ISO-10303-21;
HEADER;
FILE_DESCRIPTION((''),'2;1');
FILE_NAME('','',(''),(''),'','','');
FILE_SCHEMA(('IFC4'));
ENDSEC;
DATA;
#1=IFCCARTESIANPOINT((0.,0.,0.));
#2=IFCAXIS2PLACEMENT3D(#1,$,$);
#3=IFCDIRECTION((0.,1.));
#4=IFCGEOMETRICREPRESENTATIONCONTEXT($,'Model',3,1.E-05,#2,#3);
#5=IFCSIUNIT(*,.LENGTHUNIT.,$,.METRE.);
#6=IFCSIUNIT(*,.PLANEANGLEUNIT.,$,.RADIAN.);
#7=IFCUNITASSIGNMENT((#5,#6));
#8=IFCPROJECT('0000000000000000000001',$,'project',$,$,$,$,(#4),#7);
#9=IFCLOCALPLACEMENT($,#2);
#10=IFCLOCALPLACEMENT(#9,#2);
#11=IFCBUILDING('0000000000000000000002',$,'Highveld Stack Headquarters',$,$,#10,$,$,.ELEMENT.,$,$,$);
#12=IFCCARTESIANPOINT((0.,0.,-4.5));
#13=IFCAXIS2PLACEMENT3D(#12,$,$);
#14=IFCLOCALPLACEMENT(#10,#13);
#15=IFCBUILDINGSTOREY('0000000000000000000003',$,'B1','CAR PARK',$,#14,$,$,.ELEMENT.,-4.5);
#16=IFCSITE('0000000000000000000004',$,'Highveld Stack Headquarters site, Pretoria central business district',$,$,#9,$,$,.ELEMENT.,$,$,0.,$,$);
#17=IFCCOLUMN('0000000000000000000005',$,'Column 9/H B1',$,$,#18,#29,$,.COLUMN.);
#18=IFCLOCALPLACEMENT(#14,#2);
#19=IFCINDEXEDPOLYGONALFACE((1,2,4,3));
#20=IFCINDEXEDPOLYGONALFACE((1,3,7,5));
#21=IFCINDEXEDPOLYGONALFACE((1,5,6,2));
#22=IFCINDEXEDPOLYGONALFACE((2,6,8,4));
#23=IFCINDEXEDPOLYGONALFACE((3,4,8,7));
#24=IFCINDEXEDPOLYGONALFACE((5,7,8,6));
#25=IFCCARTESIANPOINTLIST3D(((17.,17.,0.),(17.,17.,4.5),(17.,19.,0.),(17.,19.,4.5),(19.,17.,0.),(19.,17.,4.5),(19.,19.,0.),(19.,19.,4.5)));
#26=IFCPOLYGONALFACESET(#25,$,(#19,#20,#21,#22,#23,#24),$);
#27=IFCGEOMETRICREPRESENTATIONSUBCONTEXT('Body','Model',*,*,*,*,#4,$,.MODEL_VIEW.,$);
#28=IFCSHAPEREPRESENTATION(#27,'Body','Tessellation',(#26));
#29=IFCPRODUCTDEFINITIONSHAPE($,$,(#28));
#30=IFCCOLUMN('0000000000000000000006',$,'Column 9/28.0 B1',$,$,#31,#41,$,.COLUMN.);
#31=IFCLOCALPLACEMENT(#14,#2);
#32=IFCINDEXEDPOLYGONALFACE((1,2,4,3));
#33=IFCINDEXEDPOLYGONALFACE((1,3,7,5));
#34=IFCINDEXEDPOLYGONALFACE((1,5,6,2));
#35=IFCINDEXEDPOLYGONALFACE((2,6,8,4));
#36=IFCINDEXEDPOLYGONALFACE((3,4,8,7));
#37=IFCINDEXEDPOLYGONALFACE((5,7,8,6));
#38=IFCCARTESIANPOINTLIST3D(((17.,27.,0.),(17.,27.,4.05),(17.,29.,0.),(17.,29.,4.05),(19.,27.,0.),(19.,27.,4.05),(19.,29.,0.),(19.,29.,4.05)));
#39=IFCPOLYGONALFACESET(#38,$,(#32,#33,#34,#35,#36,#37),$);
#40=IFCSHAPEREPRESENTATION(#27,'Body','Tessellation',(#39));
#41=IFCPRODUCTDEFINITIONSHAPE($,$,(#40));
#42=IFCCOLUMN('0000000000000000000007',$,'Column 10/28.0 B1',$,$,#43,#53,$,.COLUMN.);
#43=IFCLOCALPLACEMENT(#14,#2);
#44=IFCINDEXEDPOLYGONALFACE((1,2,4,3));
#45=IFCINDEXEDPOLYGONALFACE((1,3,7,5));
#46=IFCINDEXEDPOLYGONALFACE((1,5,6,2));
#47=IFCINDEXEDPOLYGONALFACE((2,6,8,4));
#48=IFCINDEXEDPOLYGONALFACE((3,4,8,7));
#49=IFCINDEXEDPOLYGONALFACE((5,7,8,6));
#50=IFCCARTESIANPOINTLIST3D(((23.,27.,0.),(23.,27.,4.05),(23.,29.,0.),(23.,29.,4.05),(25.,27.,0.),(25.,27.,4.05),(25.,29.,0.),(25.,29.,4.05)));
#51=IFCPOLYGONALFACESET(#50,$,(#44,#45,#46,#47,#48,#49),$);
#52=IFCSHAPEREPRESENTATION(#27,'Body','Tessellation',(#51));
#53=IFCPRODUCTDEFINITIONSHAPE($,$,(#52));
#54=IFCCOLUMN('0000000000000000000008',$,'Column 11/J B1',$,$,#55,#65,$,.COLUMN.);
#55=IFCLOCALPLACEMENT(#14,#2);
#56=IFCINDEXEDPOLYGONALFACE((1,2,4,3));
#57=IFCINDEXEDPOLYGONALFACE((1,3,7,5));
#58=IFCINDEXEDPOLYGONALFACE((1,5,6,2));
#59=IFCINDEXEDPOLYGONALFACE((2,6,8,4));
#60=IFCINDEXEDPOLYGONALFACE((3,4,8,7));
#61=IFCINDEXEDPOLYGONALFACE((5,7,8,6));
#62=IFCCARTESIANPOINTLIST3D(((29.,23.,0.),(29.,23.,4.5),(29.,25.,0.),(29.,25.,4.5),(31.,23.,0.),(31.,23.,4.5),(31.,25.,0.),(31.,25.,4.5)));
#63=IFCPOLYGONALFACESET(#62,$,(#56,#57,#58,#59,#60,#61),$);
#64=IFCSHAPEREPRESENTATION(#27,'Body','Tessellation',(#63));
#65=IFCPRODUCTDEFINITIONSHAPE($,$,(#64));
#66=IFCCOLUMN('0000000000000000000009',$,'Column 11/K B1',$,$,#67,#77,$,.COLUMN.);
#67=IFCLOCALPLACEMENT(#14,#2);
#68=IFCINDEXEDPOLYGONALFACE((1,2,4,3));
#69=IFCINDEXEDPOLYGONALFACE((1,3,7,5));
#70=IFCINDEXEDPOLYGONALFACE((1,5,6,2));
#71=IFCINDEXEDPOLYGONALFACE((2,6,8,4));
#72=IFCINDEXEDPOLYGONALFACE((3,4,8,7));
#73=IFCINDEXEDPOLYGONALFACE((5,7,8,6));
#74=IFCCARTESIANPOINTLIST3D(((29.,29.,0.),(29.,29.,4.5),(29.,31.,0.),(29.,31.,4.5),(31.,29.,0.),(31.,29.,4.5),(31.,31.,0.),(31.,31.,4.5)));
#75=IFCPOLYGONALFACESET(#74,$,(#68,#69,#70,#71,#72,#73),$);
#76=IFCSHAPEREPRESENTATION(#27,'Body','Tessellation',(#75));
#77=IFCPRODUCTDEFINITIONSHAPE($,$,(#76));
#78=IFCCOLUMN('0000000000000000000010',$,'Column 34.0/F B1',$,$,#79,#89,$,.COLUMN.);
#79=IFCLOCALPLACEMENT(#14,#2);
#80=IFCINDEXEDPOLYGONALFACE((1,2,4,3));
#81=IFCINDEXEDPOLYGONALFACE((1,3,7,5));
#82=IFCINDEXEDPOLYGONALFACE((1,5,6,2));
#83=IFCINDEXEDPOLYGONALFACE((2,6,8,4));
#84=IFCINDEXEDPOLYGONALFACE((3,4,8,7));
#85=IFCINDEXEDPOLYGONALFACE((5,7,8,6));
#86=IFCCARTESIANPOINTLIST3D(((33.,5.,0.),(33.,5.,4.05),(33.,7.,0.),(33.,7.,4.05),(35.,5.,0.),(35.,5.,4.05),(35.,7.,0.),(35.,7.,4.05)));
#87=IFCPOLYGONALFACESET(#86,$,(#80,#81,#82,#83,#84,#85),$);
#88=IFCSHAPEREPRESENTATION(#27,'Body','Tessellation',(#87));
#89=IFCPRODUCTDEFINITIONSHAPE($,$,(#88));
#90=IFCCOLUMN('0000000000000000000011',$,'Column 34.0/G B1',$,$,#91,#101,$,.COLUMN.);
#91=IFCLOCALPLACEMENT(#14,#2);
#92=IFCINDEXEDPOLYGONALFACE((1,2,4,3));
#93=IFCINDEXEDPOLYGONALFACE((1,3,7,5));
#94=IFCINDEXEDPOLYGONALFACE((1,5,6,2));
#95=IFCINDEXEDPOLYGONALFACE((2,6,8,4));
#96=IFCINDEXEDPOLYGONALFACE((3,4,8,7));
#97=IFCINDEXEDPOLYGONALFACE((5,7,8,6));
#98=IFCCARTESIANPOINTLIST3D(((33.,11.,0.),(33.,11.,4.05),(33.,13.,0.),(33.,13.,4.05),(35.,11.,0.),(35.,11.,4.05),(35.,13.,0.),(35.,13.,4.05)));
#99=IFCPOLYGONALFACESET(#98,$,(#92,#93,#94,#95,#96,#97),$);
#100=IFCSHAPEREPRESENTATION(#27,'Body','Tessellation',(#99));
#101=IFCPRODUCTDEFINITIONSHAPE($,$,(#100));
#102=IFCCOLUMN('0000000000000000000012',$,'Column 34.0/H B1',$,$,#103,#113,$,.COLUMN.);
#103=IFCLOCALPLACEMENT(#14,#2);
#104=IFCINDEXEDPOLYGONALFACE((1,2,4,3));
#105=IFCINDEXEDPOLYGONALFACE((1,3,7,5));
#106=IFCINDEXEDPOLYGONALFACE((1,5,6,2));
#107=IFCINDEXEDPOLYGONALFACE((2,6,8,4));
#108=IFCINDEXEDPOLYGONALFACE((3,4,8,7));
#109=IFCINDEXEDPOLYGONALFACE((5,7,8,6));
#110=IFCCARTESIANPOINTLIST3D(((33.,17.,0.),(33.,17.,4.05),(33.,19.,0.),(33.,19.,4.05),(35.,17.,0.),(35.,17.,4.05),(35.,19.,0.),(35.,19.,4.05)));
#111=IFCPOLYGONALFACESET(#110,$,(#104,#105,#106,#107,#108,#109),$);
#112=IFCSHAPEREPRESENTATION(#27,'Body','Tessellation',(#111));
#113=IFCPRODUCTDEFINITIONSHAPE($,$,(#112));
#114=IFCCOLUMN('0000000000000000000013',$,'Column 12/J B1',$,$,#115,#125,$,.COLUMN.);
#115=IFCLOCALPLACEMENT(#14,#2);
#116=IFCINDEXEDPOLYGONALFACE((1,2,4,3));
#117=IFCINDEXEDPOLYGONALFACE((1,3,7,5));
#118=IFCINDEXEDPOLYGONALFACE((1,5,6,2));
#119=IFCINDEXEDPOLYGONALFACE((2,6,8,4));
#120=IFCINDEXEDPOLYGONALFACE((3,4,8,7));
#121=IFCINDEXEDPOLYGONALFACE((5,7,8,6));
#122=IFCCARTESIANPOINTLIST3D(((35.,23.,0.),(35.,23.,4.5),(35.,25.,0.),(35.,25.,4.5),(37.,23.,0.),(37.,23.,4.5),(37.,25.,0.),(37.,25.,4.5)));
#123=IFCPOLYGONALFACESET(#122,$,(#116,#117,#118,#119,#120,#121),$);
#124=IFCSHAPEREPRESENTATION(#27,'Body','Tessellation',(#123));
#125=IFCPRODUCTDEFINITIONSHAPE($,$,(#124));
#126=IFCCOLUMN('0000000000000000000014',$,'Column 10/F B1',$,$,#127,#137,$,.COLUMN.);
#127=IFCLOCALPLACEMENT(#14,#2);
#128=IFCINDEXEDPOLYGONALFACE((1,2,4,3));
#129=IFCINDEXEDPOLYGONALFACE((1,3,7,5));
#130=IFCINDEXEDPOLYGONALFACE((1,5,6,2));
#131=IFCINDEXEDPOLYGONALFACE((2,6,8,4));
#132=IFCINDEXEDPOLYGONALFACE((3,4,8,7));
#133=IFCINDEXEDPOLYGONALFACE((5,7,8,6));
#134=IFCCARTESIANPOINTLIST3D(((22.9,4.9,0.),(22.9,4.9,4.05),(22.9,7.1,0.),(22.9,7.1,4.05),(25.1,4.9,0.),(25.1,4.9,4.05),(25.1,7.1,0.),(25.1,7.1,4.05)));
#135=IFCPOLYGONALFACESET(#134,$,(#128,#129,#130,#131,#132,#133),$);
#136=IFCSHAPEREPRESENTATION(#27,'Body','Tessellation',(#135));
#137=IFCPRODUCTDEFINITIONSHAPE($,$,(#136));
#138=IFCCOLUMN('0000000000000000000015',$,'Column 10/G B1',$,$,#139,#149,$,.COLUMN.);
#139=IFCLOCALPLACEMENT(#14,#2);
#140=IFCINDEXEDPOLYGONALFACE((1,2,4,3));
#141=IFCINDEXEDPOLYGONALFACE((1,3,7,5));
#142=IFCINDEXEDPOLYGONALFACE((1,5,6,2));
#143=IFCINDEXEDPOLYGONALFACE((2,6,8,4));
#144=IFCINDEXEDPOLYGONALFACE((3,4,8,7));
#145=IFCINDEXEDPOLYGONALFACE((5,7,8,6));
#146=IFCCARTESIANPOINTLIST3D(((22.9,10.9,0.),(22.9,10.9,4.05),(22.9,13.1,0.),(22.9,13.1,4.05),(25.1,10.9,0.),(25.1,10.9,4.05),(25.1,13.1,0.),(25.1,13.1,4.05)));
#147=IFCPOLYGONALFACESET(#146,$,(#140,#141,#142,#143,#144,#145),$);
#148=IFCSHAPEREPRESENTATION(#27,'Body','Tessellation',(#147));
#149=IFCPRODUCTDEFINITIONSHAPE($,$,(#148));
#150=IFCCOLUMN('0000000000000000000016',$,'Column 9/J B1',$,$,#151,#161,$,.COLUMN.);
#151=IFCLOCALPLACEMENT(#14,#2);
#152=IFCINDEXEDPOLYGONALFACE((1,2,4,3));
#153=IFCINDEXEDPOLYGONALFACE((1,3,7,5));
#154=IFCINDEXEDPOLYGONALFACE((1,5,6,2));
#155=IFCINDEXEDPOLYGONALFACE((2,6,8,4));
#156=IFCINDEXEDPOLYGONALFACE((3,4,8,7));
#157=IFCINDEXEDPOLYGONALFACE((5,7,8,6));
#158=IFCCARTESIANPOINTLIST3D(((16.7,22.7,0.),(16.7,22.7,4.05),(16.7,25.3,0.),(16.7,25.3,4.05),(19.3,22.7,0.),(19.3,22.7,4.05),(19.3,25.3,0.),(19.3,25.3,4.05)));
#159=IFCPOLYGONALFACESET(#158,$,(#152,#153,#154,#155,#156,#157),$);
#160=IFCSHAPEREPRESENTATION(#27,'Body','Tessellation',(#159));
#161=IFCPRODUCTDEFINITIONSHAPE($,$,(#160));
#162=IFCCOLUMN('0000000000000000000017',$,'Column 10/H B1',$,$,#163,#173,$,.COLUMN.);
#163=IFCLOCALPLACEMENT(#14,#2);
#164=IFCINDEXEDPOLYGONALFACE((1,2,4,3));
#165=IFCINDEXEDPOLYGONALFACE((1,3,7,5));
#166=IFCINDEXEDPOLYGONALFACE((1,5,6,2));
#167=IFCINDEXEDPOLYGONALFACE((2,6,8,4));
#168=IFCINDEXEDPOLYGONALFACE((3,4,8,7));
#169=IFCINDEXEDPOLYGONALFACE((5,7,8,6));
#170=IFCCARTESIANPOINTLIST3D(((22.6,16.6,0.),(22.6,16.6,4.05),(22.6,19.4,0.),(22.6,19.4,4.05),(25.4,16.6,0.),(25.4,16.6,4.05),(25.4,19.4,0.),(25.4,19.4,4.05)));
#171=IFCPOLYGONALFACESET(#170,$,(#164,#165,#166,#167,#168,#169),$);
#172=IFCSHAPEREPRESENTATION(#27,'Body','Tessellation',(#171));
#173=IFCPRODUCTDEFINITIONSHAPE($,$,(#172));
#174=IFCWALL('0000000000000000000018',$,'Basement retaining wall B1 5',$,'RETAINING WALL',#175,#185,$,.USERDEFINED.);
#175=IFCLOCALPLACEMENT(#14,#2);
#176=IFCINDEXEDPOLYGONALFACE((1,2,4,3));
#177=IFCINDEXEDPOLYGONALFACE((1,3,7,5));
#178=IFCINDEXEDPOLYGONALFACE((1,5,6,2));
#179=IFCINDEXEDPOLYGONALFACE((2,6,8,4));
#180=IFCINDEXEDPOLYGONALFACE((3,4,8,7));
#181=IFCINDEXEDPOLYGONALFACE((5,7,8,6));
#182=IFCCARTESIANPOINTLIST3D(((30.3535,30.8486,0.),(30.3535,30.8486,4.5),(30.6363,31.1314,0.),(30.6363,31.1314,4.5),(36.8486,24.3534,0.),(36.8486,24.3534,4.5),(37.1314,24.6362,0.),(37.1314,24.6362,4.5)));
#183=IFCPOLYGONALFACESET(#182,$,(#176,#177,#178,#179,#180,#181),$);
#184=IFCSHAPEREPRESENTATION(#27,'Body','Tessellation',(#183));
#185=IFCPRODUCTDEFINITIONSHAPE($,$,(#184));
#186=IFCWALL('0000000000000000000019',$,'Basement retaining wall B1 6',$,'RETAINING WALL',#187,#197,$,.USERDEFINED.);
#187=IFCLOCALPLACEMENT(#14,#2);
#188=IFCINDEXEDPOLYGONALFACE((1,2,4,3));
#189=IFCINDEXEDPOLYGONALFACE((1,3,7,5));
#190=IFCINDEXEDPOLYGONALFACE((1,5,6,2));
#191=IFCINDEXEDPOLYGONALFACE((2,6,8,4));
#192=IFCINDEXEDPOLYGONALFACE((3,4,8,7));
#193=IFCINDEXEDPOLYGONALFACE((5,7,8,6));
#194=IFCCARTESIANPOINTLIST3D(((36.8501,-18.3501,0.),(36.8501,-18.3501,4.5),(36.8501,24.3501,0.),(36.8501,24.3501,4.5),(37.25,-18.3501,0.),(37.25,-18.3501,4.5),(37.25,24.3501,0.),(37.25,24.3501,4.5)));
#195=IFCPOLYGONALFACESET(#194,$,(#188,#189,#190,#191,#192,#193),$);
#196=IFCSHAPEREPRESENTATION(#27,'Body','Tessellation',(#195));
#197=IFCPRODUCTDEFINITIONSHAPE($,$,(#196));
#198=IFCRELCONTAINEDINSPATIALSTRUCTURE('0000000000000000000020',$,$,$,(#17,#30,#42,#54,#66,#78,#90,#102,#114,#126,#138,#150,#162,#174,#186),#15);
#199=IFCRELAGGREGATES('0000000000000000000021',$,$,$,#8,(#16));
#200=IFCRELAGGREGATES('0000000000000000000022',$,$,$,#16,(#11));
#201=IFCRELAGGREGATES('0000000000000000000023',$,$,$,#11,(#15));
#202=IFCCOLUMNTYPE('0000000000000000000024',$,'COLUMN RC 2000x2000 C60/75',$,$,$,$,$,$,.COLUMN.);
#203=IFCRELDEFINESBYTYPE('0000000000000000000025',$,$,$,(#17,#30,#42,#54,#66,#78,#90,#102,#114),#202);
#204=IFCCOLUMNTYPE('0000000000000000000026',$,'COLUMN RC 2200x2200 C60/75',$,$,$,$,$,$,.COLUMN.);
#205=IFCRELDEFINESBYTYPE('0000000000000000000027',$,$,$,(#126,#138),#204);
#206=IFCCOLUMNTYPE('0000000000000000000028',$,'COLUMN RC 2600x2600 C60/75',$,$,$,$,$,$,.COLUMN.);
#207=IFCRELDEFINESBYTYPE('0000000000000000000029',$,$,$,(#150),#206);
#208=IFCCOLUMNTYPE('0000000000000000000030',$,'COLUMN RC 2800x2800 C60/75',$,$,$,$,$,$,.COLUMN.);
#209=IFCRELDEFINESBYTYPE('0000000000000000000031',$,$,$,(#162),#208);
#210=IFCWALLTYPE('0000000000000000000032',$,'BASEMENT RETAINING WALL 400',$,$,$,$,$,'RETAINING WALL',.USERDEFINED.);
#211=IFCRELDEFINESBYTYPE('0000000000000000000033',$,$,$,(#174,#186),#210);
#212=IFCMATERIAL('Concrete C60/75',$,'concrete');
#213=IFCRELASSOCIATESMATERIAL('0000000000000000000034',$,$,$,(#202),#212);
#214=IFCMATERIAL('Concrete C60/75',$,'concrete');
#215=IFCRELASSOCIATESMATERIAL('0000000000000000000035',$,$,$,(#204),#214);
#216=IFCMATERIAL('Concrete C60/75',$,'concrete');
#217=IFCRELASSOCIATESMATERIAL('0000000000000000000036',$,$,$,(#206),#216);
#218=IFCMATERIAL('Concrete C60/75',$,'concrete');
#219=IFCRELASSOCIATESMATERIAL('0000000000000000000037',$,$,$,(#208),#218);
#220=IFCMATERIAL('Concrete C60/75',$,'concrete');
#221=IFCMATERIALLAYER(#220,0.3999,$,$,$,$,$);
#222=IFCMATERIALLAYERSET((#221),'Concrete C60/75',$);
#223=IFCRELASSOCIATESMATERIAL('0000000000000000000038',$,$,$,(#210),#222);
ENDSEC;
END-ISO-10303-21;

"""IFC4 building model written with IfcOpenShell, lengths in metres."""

from ifc_helpers import new_model, si_unit, direction, frame, frame_2d, origin, origin_2d, place, context, subcontext, project, spatial, rectangle, extrude, material, layer, layer_set, material_profile, profile_set, type_object, element, save


model = new_model("IFC4")

# Units and contexts
model_context = context("Model", 3, precision=1e-05, world=origin(), true_north=direction((0.0, 1.0)))
body_context = subcontext(model_context, "Body", "Model", "MODEL_VIEW")
ifc_project = project(units=[si_unit("LENGTHUNIT", "METRE"), si_unit("PLANEANGLEUNIT", "RADIAN")], contexts=[model_context])

# Site, building, storey
site_placement = place(None, origin())
site = spatial("IfcSite", under=ifc_project, at=site_placement, Name="Highveld Stack Headquarters site, Pretoria central business district", CompositionType="ELEMENT", RefElevation=0.0)
building_placement = place(site_placement, origin())
building = spatial("IfcBuilding", under=site, at=building_placement, Name="Highveld Stack Headquarters", CompositionType="ELEMENT")
storey_placement = place(building_placement, frame((0.0, 0.0, -4.5)))
storey = spatial("IfcBuildingStorey", under=building, at=storey_placement, Name="B1", Description="CAR PARK", CompositionType="ELEMENT", Elevation=-4.5)

# Columns
ifc_material_1 = material(Name="Concrete C60/75", Category="concrete")
ifc_material_profile_1 = material_profile(ifc_material_1, rectangle(XDim=2.0, YDim=2.0, at=origin_2d()), Name="RC 2000x2000")
ifc_profile_set_1 = profile_set([ifc_material_profile_1], Name="Concrete C60/75")
column_type_1 = type_object("IfcColumnType", Name="COLUMN RC 2000x2000 C60/75", PredefinedType="COLUMN", material=ifc_profile_set_1)
column_1_placement = place(storey_placement, frame((18.0, 18.0, 0.0), z_axis=(0.0, 0.0, 1.0), x_axis=(1.0, 0.0, 0.0)))
element("IfcColumn", 1, at=column_1_placement, inside=storey, type_object=column_type_1, Name="Column 9/H B1", PredefinedType="COLUMN", context=body_context, shape_type="SweptSolid", body=[
    extrude(rectangle(XDim=2.0, YDim=2.0, at=origin_2d()), origin(), (0.0, 0.0, 1.0), 4.5),
])
for number, where, z_axis, x_axis, name in (
    (2, (18.0, 28.0, 0.0), (0.0, 0.0, 1.0), (1.0, 0.0, 0.0), "Column 9/28.0 B1"),
    (3, (24.0, 28.0, 0.0), (0.0, 0.0, 1.0), (1.0, 0.0, 0.0), "Column 10/28.0 B1"),
):
    element("IfcColumn", number, at=place(storey_placement, frame(where, z_axis=z_axis, x_axis=x_axis)), inside=storey, type_object=column_type_1, Name=name, PredefinedType="COLUMN", context=body_context, shape_type="SweptSolid", body=[
        extrude(rectangle(XDim=2.0, YDim=2.0, at=origin_2d()), origin(), (0.0, 0.0, 1.0), 4.05),
    ])
for number, where, z_axis, x_axis, name in (
    (4, (30.0, 24.0, 0.0), (0.0, 0.0, 1.0), (1.0, 0.0, 0.0), "Column 11/J B1"),
    (5, (30.0, 30.0, 0.0), (0.0, 0.0, 1.0), (1.0, 0.0, 0.0), "Column 11/K B1"),
):
    element("IfcColumn", number, at=place(storey_placement, frame(where, z_axis=z_axis, x_axis=x_axis)), inside=storey, type_object=column_type_1, Name=name, PredefinedType="COLUMN", context=body_context, shape_type="SweptSolid", body=[
        extrude(rectangle(XDim=2.0, YDim=2.0, at=origin_2d()), origin(), (0.0, 0.0, 1.0), 4.5),
    ])
for number, where, z_axis, x_axis, name in (
    (6, (34.0, 6.0, 0.0), (0.0, 0.0, 1.0), (1.0, 0.0, 0.0), "Column 34.0/F B1"),
    (7, (34.0, 12.0, 0.0), (0.0, 0.0, 1.0), (1.0, 0.0, 0.0), "Column 34.0/G B1"),
    (8, (34.0, 18.0, 0.0), (0.0, 0.0, 1.0), (1.0, 0.0, 0.0), "Column 34.0/H B1"),
):
    element("IfcColumn", number, at=place(storey_placement, frame(where, z_axis=z_axis, x_axis=x_axis)), inside=storey, type_object=column_type_1, Name=name, PredefinedType="COLUMN", context=body_context, shape_type="SweptSolid", body=[
        extrude(rectangle(XDim=2.0, YDim=2.0, at=origin_2d()), origin(), (0.0, 0.0, 1.0), 4.05),
    ])
column_2_placement = place(storey_placement, frame((36.0, 24.0, 0.0), z_axis=(0.0, 0.0, 1.0), x_axis=(1.0, 0.0, 0.0)))
element("IfcColumn", 9, at=column_2_placement, inside=storey, type_object=column_type_1, Name="Column 12/J B1", PredefinedType="COLUMN", context=body_context, shape_type="SweptSolid", body=[
    extrude(rectangle(XDim=2.0, YDim=2.0, at=origin_2d()), origin(), (0.0, 0.0, 1.0), 4.5),
])
ifc_material_2 = material(Name="Concrete C60/75", Category="concrete")
ifc_material_profile_2 = material_profile(ifc_material_2, rectangle(XDim=2.2, YDim=2.2, at=origin_2d()), Name="RC 2200x2200")
ifc_profile_set_2 = profile_set([ifc_material_profile_2], Name="Concrete C60/75")
column_type_2 = type_object("IfcColumnType", Name="COLUMN RC 2200x2200 C60/75", PredefinedType="COLUMN", material=ifc_profile_set_2)
for number, where, z_axis, x_axis, name in (
    (10, (24.0, 6.0, 0.0), (0.0, 0.0, 1.0), (1.0, 0.0, 0.0), "Column 10/F B1"),
    (11, (24.0, 12.0, 0.0), (0.0, 0.0, 1.0), (1.0, 0.0, 0.0), "Column 10/G B1"),
):
    element("IfcColumn", number, at=place(storey_placement, frame(where, z_axis=z_axis, x_axis=x_axis)), inside=storey, type_object=column_type_2, Name=name, PredefinedType="COLUMN", context=body_context, shape_type="SweptSolid", body=[
        extrude(rectangle(XDim=2.2, YDim=2.2, at=origin_2d()), origin(), (0.0, 0.0, 1.0), 4.05),
    ])
ifc_material_3 = material(Name="Concrete C60/75", Category="concrete")
ifc_material_profile_3 = material_profile(ifc_material_3, rectangle(XDim=2.6001, YDim=2.6001, at=origin_2d()), Name="RC 2600x2600")
ifc_profile_set_3 = profile_set([ifc_material_profile_3], Name="Concrete C60/75")
column_type_3 = type_object("IfcColumnType", Name="COLUMN RC 2600x2600 C60/75", PredefinedType="COLUMN", material=ifc_profile_set_3)
column_3_placement = place(storey_placement, frame((18.0, 24.0, 0.0), z_axis=(0.0, 0.0, 1.0), x_axis=(1.0, 0.0, 0.0)))
element("IfcColumn", 12, at=column_3_placement, inside=storey, type_object=column_type_3, Name="Column 9/J B1", PredefinedType="COLUMN", context=body_context, shape_type="SweptSolid", body=[
    extrude(rectangle(XDim=2.6001, YDim=2.6001, at=origin_2d()), origin(), (0.0, 0.0, 1.0), 4.05),
])
ifc_material_4 = material(Name="Concrete C60/75", Category="concrete")
ifc_material_profile_4 = material_profile(ifc_material_4, rectangle(XDim=2.8, YDim=2.8, at=origin_2d()), Name="RC 2800x2800")
ifc_profile_set_4 = profile_set([ifc_material_profile_4], Name="Concrete C60/75")
column_type_4 = type_object("IfcColumnType", Name="COLUMN RC 2800x2800 C60/75", PredefinedType="COLUMN", material=ifc_profile_set_4)
column_4_placement = place(storey_placement, frame((24.0, 18.0, 0.0), z_axis=(0.0, 0.0, 1.0), x_axis=(1.0, 0.0, 0.0)))
element("IfcColumn", 13, at=column_4_placement, inside=storey, type_object=column_type_4, Name="Column 10/H B1", PredefinedType="COLUMN", context=body_context, shape_type="SweptSolid", body=[
    extrude(rectangle(XDim=2.8, YDim=2.8, at=origin_2d()), origin(), (0.0, 0.0, 1.0), 4.05),
])

# Walls
ifc_material_5 = material(Name="Concrete C60/75", Category="concrete")
ifc_layer_1 = layer(ifc_material_5, 0.3999)
ifc_layer_set_1 = layer_set([ifc_layer_1], Name="Concrete C60/75")
wall_type_1 = type_object("IfcWallType", Name="BASEMENT RETAINING WALL 400", ElementType="RETAINING WALL", PredefinedType="USERDEFINED", material=ifc_layer_set_1)
wall_1_placement = place(storey_placement, frame((30.4949, 30.99, 0.0), z_axis=(0.0, 0.0, 1.0), x_axis=(0.707107, -0.707107, 0.0)))
element("IfcWall", 14, at=wall_1_placement, inside=storey, type_object=wall_type_1, Name="Basement retaining wall B1 5", ObjectType="RETAINING WALL", PredefinedType="USERDEFINED", context=body_context, shape_type="SweptSolid", body=[
    extrude(rectangle(XDim=9.1855, YDim=0.3999, at=frame_2d((4.5928, 0.0))), origin(), (0.0, 0.0, 1.0), 4.5),
])
wall_2_placement = place(storey_placement, frame((37.05, 24.3501, 0.0), z_axis=(0.0, 0.0, 1.0), x_axis=(0.0, -1.0, 0.0)))
element("IfcWall", 15, at=wall_2_placement, inside=storey, type_object=wall_type_1, Name="Basement retaining wall B1 6", ObjectType="RETAINING WALL", PredefinedType="USERDEFINED", context=body_context, shape_type="SweptSolid", body=[
    extrude(rectangle(XDim=42.7002, YDim=0.3999, at=frame_2d((21.3501, 0.0))), origin(), (0.0, 0.0, 1.0), 4.5),
])

save(model, "model.ifc")
